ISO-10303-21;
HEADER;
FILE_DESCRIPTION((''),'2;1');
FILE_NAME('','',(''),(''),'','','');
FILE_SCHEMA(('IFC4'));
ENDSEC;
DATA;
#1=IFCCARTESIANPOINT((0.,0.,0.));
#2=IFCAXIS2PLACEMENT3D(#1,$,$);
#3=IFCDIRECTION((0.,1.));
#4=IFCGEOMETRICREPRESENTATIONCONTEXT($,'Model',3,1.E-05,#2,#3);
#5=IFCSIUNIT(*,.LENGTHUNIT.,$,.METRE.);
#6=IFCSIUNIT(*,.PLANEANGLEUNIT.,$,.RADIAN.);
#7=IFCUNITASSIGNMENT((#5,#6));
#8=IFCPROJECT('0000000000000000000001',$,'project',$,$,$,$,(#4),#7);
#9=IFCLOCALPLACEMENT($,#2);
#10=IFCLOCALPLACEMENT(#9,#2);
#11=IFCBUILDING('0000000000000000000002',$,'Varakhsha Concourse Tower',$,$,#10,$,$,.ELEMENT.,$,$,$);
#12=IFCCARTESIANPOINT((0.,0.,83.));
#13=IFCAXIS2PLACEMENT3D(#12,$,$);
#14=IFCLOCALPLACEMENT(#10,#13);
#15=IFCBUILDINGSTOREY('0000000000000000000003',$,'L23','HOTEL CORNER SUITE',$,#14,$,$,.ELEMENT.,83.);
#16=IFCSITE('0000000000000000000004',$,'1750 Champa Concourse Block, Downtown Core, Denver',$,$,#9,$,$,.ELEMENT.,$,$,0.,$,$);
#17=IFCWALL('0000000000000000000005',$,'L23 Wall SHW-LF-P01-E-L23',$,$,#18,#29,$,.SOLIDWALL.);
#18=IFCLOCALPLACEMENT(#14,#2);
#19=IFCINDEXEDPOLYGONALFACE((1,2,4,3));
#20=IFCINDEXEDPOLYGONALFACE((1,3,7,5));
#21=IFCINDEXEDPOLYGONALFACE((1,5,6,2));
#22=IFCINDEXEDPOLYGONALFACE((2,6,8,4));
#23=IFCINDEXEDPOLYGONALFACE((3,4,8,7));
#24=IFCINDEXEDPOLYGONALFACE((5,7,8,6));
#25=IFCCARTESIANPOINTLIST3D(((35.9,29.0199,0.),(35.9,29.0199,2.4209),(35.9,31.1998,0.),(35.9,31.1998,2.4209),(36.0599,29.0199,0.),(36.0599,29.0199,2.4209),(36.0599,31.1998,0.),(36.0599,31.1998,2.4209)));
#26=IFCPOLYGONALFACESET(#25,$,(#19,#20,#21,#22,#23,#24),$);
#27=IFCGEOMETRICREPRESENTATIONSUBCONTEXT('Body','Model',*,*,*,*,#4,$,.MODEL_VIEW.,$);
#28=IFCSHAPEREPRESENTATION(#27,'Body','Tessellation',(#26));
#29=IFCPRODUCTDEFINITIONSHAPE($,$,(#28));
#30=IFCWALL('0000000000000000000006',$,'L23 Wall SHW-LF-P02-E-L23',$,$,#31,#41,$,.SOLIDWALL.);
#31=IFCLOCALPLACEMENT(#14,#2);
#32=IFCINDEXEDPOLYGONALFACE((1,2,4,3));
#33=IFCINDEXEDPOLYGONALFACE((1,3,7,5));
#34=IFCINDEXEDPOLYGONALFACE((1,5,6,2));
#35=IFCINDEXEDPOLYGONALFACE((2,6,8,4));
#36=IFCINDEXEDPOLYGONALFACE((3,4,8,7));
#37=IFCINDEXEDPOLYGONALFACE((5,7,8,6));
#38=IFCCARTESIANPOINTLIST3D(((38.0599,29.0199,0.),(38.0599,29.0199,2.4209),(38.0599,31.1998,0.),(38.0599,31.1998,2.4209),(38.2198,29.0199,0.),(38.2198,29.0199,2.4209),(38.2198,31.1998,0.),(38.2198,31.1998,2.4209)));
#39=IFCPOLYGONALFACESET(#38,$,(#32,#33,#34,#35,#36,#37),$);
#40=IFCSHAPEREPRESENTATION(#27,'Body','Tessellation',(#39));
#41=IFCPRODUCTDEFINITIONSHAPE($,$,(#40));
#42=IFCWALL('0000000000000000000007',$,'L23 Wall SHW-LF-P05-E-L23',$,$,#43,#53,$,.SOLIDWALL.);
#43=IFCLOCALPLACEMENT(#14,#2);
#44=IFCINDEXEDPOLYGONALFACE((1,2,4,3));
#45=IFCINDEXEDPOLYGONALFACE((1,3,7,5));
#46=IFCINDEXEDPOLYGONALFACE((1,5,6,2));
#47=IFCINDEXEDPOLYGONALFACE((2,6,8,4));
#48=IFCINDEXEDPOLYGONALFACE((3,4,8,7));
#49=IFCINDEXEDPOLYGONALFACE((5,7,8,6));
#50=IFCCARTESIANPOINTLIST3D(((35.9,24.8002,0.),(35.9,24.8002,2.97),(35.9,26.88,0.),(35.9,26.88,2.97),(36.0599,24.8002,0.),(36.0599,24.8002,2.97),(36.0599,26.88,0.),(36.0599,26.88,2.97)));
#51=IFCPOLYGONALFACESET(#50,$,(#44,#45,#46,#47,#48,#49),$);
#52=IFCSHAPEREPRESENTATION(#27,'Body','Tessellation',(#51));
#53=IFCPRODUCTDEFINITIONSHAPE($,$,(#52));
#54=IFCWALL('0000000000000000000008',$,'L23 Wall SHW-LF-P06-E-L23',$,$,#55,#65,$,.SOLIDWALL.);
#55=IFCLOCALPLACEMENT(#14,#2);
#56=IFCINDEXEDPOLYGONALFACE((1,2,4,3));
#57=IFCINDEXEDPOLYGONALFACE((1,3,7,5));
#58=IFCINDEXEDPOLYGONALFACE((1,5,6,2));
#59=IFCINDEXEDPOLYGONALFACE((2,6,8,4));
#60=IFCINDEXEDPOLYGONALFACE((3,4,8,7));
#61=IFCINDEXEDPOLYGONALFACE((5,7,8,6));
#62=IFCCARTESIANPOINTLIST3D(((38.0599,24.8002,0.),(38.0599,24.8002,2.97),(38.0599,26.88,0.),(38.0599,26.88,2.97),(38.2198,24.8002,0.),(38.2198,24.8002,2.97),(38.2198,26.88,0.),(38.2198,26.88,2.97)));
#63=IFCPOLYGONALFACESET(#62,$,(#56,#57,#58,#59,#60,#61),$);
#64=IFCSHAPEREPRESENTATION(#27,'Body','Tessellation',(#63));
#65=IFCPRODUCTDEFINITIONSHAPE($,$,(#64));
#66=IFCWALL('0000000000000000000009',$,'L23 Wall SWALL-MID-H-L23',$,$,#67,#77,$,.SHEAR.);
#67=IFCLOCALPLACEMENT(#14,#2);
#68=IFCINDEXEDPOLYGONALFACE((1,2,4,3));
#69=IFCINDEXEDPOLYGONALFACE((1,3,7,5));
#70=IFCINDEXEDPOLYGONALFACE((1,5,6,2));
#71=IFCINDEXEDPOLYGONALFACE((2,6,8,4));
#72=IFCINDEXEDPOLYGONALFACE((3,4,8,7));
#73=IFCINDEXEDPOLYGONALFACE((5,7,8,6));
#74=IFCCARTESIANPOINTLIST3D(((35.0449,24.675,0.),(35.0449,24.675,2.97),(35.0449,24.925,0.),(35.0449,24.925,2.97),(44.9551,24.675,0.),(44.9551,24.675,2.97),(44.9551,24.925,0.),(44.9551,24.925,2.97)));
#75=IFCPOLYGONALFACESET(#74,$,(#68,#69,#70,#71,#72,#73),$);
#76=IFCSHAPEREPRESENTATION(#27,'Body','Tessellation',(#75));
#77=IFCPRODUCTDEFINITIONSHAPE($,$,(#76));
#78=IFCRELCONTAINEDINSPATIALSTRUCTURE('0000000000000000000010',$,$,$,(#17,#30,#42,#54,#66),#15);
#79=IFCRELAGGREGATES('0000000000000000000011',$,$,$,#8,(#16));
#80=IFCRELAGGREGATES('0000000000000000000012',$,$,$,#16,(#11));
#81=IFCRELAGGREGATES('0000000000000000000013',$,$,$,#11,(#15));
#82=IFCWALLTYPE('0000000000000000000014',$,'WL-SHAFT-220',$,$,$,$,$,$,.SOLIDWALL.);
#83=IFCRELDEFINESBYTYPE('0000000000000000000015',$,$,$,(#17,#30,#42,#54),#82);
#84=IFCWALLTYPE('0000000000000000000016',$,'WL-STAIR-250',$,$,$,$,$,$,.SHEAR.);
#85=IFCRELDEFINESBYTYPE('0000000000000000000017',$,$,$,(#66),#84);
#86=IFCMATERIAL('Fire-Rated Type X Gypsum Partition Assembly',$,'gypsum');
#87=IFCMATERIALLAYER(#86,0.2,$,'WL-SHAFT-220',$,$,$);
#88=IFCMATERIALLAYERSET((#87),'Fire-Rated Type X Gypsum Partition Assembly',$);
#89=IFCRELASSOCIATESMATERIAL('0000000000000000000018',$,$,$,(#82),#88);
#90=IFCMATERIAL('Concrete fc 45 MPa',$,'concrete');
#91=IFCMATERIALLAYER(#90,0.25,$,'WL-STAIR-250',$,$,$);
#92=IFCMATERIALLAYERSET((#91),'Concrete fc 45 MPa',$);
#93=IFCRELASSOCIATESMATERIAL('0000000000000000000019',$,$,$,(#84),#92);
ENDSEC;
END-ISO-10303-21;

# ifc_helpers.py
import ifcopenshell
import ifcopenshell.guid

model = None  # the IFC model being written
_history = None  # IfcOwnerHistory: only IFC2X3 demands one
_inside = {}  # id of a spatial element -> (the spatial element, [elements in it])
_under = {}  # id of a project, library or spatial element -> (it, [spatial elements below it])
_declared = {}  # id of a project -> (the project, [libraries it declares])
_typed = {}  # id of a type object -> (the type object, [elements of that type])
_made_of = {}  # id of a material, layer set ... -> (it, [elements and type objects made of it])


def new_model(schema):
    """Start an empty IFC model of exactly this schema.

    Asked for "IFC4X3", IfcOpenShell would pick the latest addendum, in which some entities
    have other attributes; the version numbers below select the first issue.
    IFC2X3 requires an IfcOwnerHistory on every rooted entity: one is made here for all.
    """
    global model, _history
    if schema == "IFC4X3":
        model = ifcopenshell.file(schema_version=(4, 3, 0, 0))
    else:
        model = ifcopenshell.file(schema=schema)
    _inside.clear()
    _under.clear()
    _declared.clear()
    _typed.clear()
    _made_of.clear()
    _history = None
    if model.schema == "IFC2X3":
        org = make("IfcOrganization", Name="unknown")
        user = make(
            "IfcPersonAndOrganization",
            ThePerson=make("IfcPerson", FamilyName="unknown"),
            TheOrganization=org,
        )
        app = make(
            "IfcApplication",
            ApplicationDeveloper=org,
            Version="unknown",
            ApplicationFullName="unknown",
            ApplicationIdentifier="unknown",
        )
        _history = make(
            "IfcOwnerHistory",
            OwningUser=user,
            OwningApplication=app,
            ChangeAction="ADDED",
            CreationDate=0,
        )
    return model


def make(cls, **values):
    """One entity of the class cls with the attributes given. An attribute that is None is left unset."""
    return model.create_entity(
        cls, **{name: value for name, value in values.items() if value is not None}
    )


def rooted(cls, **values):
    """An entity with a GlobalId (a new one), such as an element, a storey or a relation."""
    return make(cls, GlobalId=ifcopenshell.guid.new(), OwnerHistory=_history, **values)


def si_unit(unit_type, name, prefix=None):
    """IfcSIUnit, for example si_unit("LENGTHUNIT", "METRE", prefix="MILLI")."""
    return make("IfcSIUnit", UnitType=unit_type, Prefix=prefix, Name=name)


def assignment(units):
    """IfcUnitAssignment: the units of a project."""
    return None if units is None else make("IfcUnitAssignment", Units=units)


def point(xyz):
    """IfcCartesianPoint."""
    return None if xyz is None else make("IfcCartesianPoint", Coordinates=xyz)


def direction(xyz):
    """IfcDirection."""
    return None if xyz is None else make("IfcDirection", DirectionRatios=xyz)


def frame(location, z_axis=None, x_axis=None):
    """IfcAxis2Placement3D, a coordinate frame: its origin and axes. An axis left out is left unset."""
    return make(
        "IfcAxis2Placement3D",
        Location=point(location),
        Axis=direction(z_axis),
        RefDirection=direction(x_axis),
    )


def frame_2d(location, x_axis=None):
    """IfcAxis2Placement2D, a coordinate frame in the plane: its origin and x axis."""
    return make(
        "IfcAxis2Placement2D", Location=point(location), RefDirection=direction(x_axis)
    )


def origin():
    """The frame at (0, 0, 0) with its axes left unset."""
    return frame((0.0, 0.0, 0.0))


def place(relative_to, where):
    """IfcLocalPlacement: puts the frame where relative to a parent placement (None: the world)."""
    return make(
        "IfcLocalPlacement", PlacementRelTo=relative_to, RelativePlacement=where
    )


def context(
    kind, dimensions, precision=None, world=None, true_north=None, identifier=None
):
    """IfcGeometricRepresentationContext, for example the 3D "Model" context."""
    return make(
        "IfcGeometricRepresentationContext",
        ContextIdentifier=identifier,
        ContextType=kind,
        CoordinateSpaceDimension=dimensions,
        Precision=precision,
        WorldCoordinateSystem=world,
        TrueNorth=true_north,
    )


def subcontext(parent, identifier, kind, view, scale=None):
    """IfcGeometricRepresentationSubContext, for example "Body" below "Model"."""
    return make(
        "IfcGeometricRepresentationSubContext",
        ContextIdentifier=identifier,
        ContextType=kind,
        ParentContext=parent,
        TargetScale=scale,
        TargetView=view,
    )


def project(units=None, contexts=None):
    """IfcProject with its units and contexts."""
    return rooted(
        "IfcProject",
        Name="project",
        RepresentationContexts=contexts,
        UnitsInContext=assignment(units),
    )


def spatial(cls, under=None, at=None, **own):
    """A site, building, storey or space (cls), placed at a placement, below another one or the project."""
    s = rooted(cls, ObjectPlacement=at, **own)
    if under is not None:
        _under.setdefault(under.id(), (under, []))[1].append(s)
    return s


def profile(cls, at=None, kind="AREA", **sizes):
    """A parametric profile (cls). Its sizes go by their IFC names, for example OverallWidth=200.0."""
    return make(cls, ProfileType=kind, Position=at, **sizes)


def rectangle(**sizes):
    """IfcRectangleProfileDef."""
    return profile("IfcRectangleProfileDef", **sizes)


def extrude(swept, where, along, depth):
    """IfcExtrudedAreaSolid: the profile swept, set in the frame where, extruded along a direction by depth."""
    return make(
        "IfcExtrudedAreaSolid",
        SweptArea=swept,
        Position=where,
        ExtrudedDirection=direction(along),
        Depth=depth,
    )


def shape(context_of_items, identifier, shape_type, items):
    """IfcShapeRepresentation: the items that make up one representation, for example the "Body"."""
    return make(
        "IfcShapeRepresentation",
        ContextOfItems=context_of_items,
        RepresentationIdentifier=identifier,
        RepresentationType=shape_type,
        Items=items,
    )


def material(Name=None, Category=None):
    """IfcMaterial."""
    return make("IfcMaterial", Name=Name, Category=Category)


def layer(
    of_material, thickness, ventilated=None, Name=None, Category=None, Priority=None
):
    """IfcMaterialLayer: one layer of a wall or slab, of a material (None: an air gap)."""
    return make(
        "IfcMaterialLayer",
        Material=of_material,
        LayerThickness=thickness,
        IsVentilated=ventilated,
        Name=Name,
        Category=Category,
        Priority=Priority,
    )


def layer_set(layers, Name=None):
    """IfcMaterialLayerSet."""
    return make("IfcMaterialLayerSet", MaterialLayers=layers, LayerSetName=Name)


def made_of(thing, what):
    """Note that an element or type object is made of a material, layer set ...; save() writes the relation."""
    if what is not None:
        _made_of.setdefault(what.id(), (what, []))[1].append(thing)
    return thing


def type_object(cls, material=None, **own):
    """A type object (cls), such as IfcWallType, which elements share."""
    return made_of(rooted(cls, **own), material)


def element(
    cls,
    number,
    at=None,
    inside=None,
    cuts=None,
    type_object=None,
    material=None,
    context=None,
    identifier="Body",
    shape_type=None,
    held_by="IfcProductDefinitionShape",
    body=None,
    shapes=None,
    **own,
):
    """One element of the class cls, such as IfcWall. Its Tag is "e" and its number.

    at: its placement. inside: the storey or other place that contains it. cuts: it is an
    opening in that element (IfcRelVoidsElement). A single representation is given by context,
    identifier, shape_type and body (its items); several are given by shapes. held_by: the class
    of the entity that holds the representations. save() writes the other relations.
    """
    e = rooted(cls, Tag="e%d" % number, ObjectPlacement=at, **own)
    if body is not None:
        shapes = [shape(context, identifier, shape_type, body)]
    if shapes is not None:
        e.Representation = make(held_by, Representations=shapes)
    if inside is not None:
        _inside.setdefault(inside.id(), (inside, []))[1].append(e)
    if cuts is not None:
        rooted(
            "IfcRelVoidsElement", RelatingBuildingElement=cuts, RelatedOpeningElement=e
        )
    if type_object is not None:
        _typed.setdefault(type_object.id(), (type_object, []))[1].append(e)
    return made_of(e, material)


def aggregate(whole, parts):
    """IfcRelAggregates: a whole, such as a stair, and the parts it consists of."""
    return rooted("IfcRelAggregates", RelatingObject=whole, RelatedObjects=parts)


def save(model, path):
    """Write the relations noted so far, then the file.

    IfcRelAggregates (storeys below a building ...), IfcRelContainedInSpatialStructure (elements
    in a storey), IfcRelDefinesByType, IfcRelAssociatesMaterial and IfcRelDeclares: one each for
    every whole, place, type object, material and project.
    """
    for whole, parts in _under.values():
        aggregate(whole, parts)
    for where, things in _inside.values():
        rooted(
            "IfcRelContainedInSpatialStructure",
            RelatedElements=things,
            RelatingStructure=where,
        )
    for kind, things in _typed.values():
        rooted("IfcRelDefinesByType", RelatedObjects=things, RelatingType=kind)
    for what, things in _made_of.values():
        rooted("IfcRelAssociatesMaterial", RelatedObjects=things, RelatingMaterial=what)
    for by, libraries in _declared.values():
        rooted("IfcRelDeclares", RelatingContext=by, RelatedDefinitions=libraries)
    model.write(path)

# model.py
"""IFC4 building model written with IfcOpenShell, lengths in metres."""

from ifc_helpers import new_model, si_unit, direction, frame, frame_2d, origin, place, context, subcontext, project, spatial, rectangle, extrude, material, layer, layer_set, type_object, element, save


model = new_model("IFC4")

# Units and contexts
model_context = context("Model", 3, precision=1e-05, world=origin(), true_north=direction((0.0, 1.0)))
body_context = subcontext(model_context, "Body", "Model", "MODEL_VIEW")
ifc_project = project(units=[si_unit("LENGTHUNIT", "METRE"), si_unit("PLANEANGLEUNIT", "RADIAN")], contexts=[model_context])

# Site, building, storey
site_placement = place(None, origin())
site = spatial("IfcSite", under=ifc_project, at=site_placement, Name="1750 Champa Concourse Block, Downtown Core, Denver", CompositionType="ELEMENT", RefElevation=0.0)
building_placement = place(site_placement, origin())
building = spatial("IfcBuilding", under=site, at=building_placement, Name="Varakhsha Concourse Tower", CompositionType="ELEMENT")
storey_placement = place(building_placement, frame((0.0, 0.0, 83.0)))
storey = spatial("IfcBuildingStorey", under=building, at=storey_placement, Name="L23", Description="HOTEL CORNER SUITE", CompositionType="ELEMENT", Elevation=83.0)

# Shared definitions
ifc_material_1 = material(Name="Fire-Rated Type X Gypsum Partition Assembly", Category="gypsum")

# Shared definitions
ifc_layer_1 = layer(ifc_material_1, 0.2, Name="WL-SHAFT-220")
ifc_layer_set_1 = layer_set([ifc_layer_1], Name="Fire-Rated Type X Gypsum Partition Assembly")
wall_type_1 = type_object("IfcWallType", Name="WL-SHAFT-220", PredefinedType="SOLIDWALL", material=ifc_layer_set_1)

# Walls
for number, where, z_axis, x_axis, name in (
    (1, (35.98, 29.02, 0.0), (0.0, 0.0, 1.0), (0.0, 1.0, 0.0), "L23 Wall SHW-LF-P01-E-L23"),
    (2, (38.1399, 29.02, 0.0), (0.0, 0.0, 1.0), (0.0, 1.0, 0.0), "L23 Wall SHW-LF-P02-E-L23"),
):
    element("IfcWall", number, at=place(storey_placement, frame(where, z_axis=z_axis, x_axis=x_axis)), inside=storey, type_object=wall_type_1, Name=name, PredefinedType="SOLIDWALL", context=body_context, shape_type="SweptSolid", body=[
        extrude(rectangle(XDim=2.1799, YDim=0.1599, at=frame_2d((1.0898, 0.0))), origin(), (0.0, 0.0, 1.0), 2.4209),
    ])
for number, where, z_axis, x_axis, name in (
    (3, (35.98, 24.8, 0.0), (0.0, 0.0, 1.0), (0.0, 1.0, 0.0), "L23 Wall SHW-LF-P05-E-L23"),
    (4, (38.1399, 24.8, 0.0), (0.0, 0.0, 1.0), (0.0, 1.0, 0.0), "L23 Wall SHW-LF-P06-E-L23"),
):
    element("IfcWall", number, at=place(storey_placement, frame(where, z_axis=z_axis, x_axis=x_axis)), inside=storey, type_object=wall_type_1, Name=name, PredefinedType="SOLIDWALL", context=body_context, shape_type="SweptSolid", body=[
        extrude(rectangle(XDim=2.0798, YDim=0.1599, at=frame_2d((1.04, 0.0))), origin(), (0.0, 0.0, 1.0), 2.97),
    ])
ifc_material_2 = material(Name="Concrete fc 45 MPa", Category="concrete")
ifc_layer_2 = layer(ifc_material_2, 0.25, Name="WL-STAIR-250")
ifc_layer_set_2 = layer_set([ifc_layer_2], Name="Concrete fc 45 MPa")
wall_type_2 = type_object("IfcWallType", Name="WL-STAIR-250", PredefinedType="SHEAR", material=ifc_layer_set_2)
wall_1_placement = place(storey_placement, frame((35.0449, 24.8, 0.0), z_axis=(0.0, 0.0, 1.0), x_axis=(1.0, 0.0, 0.0)))
element("IfcWall", 5, at=wall_1_placement, inside=storey, type_object=wall_type_2, Name="L23 Wall SWALL-MID-H-L23", PredefinedType="SHEAR", context=body_context, shape_type="SweptSolid", body=[
    extrude(rectangle(XDim=9.9102, YDim=0.25, at=frame_2d((4.9551, 0.0))), origin(), (0.0, 0.0, 1.0), 2.97),
])

save(model, "model.ifc")
